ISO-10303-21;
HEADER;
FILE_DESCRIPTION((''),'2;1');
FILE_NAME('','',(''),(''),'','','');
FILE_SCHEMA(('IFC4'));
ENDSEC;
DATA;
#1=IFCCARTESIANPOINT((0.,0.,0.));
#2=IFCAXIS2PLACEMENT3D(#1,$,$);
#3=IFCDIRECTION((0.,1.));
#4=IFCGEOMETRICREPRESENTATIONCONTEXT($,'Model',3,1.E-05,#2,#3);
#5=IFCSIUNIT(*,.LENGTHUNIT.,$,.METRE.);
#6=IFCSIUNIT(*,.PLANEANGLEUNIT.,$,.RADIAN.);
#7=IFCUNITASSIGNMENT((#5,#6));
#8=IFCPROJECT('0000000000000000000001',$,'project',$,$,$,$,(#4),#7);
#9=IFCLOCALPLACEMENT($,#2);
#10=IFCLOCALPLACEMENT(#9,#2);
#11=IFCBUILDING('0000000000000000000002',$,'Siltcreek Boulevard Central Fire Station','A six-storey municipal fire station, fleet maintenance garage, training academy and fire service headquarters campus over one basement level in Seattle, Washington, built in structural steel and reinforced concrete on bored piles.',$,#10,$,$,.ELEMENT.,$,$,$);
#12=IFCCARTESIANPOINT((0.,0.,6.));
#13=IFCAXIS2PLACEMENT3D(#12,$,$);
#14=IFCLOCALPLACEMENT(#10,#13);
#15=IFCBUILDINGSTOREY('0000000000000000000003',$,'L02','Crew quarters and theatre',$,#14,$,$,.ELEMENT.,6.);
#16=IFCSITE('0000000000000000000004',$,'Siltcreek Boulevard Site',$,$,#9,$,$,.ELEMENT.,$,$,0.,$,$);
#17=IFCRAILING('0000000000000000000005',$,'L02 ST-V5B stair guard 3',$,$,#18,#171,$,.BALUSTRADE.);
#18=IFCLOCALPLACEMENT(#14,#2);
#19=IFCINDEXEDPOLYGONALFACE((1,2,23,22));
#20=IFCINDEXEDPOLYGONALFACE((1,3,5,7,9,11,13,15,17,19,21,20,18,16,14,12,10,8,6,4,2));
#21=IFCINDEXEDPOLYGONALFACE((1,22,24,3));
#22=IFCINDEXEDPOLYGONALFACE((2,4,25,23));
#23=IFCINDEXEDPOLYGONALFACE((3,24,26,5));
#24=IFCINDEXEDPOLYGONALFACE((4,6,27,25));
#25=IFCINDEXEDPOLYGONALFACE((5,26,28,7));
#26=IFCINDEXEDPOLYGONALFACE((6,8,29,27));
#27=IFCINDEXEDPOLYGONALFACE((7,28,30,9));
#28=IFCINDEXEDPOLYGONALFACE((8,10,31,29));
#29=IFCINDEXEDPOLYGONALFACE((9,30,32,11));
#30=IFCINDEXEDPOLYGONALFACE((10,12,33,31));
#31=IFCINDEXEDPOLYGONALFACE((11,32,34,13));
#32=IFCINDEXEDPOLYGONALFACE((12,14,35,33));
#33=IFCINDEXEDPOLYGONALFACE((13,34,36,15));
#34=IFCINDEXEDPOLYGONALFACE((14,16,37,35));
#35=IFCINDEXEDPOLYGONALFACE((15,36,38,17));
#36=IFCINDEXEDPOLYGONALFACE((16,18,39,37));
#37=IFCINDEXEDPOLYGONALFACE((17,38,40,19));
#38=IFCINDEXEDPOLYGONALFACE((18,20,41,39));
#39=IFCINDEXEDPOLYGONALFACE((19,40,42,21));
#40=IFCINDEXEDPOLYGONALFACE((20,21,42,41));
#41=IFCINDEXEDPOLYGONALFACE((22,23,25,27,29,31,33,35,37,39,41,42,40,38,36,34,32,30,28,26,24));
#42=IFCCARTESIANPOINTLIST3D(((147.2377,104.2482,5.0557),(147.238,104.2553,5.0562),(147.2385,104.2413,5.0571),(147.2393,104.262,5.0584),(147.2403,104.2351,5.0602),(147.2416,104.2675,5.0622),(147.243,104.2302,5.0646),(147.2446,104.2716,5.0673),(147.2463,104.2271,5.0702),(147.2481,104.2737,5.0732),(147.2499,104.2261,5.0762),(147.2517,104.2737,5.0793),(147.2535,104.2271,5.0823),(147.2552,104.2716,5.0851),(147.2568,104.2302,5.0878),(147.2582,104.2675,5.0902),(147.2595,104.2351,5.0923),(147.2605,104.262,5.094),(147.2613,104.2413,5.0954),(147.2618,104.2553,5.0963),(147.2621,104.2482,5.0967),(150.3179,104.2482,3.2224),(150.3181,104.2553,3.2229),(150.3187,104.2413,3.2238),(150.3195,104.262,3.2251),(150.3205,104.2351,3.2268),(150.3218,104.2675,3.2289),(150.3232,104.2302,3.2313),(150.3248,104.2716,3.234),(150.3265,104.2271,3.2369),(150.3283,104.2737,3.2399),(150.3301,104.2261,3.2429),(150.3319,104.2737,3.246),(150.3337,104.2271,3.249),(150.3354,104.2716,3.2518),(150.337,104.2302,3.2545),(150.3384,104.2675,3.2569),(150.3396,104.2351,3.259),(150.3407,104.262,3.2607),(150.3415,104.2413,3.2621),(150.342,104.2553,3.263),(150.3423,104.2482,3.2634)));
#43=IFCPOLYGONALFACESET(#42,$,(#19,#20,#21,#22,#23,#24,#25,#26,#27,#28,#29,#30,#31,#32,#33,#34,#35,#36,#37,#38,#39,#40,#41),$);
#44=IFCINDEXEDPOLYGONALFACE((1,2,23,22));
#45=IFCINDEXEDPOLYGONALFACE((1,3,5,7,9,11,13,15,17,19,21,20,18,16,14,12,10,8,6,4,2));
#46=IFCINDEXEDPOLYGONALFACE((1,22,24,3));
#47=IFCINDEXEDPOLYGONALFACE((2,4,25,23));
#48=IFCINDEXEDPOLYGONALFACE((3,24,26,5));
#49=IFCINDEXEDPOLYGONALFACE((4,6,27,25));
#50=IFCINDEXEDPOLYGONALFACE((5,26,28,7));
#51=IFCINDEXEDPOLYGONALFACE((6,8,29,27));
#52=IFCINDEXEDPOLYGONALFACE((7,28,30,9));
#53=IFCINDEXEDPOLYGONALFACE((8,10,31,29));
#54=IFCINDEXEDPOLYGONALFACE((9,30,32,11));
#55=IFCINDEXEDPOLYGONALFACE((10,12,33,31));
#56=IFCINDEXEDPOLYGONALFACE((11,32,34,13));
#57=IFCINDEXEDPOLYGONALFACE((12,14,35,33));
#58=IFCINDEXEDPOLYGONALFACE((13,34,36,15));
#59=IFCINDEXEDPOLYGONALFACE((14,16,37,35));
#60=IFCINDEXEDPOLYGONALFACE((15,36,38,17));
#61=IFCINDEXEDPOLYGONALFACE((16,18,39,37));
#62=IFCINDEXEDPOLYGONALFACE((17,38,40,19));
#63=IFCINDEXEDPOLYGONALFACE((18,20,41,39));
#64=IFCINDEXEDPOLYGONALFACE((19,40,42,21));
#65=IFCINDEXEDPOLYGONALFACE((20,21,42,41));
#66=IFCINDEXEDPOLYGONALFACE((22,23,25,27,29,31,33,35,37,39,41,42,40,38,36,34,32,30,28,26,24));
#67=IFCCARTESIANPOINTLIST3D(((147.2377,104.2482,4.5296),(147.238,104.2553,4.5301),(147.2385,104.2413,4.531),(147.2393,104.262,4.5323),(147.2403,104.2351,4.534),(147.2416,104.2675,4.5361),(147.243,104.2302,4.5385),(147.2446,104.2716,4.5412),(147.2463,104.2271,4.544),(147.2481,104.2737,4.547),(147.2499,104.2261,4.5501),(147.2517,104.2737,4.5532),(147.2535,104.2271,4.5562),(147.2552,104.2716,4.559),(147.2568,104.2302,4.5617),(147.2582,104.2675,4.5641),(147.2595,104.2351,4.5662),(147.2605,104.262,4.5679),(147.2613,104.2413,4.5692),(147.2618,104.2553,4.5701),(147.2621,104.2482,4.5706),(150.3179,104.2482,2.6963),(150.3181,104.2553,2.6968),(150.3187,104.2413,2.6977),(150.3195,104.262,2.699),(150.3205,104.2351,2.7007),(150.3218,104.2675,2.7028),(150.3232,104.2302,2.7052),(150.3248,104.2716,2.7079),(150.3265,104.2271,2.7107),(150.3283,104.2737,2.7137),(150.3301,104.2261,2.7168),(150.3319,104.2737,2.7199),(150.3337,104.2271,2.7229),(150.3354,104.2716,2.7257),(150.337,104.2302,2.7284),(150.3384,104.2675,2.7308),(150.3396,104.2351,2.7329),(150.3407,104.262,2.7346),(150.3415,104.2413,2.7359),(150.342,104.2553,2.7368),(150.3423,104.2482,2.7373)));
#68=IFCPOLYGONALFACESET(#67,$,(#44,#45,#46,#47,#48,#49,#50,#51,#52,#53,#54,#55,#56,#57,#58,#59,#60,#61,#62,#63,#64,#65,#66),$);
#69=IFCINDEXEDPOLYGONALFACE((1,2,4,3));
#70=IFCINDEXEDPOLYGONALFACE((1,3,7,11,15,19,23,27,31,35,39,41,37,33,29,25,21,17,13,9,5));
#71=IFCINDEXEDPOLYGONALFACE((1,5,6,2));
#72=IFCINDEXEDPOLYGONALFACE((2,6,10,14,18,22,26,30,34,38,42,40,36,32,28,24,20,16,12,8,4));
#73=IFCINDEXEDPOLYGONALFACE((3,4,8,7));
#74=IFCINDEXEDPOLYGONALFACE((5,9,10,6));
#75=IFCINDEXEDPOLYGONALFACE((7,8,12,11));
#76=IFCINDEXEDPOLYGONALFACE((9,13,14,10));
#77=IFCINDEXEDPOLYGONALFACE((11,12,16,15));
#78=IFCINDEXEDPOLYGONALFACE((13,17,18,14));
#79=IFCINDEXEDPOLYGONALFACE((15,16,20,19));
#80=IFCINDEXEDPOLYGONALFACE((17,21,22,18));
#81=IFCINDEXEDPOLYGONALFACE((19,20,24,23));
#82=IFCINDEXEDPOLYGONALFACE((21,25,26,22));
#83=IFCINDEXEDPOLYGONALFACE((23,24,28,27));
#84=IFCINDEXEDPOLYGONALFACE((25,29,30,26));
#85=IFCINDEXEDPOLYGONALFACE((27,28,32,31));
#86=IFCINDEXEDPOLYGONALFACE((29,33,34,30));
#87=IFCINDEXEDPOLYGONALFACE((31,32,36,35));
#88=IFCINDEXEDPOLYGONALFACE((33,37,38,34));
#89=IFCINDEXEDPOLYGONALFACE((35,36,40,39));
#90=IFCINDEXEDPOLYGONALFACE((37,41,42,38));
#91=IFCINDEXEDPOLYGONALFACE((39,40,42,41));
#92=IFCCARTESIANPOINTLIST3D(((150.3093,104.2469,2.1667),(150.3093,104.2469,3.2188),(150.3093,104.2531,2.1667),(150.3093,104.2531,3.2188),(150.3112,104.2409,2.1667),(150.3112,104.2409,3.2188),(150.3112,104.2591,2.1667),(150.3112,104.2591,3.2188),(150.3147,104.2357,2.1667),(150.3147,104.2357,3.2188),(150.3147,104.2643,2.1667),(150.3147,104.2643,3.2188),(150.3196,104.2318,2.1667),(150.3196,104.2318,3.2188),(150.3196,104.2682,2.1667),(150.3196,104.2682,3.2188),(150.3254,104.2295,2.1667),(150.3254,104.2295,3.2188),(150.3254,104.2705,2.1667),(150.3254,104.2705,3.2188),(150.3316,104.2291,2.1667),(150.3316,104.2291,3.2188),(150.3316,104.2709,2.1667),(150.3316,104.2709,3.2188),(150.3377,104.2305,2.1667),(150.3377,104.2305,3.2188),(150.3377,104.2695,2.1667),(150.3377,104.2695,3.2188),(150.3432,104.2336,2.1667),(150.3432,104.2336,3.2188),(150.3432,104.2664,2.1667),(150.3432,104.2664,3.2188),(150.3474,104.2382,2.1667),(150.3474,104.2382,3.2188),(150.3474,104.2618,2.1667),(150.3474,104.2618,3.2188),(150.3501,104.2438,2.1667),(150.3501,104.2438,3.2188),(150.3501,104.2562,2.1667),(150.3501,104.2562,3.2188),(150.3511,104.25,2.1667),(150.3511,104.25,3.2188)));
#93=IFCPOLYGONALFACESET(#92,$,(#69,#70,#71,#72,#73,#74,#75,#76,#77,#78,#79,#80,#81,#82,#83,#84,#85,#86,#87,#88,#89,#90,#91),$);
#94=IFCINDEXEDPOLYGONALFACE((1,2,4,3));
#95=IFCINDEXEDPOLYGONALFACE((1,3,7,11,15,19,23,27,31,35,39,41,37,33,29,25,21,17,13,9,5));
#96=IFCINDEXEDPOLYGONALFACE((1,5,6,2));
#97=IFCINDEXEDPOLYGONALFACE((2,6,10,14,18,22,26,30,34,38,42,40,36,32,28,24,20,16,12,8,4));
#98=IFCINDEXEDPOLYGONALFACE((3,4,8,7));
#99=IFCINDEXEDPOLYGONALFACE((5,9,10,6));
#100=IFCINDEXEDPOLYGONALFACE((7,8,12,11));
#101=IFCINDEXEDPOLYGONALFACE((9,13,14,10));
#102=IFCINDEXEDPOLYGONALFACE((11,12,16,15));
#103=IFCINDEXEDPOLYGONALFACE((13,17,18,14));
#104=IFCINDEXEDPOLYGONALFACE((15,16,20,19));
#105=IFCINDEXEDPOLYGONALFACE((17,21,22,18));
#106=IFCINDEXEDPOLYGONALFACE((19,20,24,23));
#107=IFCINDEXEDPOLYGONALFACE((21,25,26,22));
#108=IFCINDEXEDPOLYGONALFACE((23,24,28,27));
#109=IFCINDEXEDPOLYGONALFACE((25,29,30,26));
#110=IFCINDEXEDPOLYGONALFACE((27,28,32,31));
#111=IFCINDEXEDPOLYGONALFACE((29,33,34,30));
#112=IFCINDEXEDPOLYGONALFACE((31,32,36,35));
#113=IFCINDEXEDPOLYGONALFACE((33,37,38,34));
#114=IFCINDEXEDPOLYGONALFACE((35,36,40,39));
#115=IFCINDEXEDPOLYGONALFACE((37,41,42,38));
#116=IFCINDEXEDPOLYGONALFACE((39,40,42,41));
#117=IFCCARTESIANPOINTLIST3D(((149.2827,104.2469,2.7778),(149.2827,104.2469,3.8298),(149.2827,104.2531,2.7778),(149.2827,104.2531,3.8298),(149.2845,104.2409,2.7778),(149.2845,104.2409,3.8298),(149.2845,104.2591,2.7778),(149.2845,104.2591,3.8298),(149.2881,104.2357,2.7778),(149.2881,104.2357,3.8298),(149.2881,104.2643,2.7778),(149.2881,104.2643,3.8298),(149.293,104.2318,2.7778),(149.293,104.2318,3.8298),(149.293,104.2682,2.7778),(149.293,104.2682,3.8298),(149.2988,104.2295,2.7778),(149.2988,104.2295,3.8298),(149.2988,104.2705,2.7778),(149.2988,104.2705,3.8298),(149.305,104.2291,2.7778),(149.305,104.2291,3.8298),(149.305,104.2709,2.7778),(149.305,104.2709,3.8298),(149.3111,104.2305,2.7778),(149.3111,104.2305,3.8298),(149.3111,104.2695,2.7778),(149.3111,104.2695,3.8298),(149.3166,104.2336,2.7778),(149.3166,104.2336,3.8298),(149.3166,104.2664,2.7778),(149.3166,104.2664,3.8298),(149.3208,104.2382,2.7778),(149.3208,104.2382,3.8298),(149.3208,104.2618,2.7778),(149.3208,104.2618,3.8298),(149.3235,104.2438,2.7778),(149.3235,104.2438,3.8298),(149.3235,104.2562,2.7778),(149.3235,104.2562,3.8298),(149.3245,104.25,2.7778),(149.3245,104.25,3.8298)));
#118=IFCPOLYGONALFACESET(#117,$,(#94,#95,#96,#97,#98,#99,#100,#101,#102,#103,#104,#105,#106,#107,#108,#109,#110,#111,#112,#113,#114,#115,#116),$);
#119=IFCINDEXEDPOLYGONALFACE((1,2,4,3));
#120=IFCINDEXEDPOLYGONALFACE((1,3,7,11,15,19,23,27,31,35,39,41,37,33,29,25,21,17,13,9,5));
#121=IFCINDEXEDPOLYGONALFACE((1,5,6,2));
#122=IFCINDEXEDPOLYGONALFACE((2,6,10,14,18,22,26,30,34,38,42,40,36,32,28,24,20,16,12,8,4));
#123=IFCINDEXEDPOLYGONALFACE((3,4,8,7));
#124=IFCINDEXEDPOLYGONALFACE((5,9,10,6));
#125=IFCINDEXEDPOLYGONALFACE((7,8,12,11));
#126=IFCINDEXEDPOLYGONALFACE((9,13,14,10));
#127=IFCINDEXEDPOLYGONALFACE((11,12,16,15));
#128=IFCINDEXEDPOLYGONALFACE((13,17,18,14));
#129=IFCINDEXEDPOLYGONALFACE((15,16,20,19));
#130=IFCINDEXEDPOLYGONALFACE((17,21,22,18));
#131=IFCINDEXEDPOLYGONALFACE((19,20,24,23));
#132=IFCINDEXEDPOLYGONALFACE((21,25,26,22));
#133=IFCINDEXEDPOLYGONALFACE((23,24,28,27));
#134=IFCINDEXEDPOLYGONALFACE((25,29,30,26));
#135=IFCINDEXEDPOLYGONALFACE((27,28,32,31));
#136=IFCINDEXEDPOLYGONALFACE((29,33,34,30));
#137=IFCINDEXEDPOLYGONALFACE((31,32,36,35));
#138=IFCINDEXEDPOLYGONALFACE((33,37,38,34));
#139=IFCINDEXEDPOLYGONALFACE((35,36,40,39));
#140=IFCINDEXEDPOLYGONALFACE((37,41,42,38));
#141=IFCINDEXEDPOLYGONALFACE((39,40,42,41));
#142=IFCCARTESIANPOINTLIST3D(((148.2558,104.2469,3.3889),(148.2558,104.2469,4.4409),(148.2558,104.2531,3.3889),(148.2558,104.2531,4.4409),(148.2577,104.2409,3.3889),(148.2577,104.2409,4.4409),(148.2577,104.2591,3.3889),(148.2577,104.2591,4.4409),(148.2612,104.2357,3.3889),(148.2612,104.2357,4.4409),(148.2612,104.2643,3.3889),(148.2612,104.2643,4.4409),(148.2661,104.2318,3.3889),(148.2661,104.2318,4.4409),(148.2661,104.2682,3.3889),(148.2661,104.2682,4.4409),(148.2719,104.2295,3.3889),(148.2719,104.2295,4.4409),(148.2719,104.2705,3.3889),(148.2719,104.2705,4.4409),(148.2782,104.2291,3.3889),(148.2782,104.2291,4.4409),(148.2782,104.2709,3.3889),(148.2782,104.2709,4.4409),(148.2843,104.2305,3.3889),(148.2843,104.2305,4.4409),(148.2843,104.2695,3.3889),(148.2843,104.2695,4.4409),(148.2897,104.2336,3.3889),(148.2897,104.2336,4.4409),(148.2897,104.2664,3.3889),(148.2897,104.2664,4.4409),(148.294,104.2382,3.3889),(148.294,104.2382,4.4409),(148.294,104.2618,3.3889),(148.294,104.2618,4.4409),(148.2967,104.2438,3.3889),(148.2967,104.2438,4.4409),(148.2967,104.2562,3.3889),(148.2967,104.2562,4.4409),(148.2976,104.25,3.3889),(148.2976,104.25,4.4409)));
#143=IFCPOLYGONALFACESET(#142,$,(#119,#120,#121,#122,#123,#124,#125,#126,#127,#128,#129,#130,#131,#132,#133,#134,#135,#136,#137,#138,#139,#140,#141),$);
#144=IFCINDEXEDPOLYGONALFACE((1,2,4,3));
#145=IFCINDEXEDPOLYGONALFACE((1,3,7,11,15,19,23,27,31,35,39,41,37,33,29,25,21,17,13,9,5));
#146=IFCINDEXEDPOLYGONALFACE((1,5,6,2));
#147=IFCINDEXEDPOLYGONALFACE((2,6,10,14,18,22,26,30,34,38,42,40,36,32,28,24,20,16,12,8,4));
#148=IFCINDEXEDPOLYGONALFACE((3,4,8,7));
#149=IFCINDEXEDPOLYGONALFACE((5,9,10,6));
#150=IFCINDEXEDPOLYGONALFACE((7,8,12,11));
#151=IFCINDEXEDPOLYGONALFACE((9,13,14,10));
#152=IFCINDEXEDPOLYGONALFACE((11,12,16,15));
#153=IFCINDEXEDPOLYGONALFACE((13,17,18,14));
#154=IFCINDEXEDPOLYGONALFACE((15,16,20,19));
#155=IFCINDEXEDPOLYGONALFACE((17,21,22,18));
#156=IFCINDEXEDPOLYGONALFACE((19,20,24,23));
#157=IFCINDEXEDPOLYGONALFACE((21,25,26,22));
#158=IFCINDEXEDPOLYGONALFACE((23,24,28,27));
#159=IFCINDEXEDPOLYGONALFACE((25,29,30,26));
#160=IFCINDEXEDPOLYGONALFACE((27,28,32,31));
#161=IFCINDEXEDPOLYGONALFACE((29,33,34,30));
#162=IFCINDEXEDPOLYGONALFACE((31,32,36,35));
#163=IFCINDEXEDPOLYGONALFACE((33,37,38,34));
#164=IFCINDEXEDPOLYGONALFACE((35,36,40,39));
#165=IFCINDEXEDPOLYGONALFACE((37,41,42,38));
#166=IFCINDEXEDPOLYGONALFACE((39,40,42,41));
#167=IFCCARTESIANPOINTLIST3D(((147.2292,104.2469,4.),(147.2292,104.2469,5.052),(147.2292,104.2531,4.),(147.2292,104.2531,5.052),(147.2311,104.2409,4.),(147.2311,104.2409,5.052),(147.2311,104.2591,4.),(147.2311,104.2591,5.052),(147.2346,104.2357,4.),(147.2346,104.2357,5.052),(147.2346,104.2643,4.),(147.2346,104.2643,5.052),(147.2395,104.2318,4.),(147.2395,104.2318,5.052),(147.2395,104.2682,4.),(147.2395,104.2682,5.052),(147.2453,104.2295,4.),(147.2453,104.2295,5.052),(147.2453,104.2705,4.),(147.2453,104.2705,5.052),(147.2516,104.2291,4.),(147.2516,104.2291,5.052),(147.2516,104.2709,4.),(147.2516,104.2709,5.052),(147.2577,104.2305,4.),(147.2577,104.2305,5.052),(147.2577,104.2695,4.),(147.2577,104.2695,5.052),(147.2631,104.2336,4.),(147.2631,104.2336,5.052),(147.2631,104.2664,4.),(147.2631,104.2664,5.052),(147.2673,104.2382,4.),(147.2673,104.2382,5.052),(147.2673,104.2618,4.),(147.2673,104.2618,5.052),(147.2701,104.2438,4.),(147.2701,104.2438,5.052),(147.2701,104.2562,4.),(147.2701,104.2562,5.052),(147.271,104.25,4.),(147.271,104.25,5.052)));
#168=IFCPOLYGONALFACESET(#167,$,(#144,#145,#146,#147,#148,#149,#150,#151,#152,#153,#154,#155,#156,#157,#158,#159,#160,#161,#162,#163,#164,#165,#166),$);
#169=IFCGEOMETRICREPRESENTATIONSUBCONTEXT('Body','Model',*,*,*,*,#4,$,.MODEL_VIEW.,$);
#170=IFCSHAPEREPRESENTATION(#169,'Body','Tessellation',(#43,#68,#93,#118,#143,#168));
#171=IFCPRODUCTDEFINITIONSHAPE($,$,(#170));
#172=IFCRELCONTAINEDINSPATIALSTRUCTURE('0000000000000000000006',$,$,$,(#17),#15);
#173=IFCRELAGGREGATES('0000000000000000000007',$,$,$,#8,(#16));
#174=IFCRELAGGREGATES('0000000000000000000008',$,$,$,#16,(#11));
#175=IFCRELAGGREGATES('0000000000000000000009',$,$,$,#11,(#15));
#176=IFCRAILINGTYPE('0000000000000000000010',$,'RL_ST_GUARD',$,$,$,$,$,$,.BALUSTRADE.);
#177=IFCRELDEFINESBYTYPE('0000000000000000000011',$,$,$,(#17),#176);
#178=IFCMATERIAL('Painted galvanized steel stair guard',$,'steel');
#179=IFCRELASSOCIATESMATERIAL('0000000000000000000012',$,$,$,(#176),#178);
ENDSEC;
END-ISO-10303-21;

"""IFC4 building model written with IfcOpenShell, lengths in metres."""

from ifc_helpers import new_model, si_unit, direction, frame, origin, origin_2d, place, context, subcontext, project, spatial, circle, extrude, material, type_object, element, save


model = new_model("IFC4")

# Units and contexts
model_context = context("Model", 3, precision=1e-05, world=origin(), true_north=direction((0.0, 1.0)))
body_context = subcontext(model_context, "Body", "Model", "MODEL_VIEW")
ifc_project = project(units=[si_unit("LENGTHUNIT", "METRE"), si_unit("PLANEANGLEUNIT", "RADIAN")], contexts=[model_context])

# Site, building, storey
site_placement = place(None, origin())
site = spatial("IfcSite", under=ifc_project, at=site_placement, Name="Siltcreek Boulevard Site", CompositionType="ELEMENT", RefElevation=0.0)
building_placement = place(site_placement, origin())
building = spatial("IfcBuilding", under=site, at=building_placement, Name="Siltcreek Boulevard Central Fire Station", Description="A six-storey municipal fire station, fleet maintenance garage, training academy and fire service headquarters campus over one basement level in Seattle, Washington, built in structural steel and reinforced concrete on bored piles.", CompositionType="ELEMENT")
storey_placement = place(building_placement, frame((0.0, 0.0, 6.0)))
storey = spatial("IfcBuildingStorey", under=building, at=storey_placement, Name="L02", Description="Crew quarters and theatre", CompositionType="ELEMENT", Elevation=6.0)

# Railing
ifc_material_1 = material(Name="Painted galvanized steel stair guard", Category="steel")
railing_type_1 = type_object("IfcRailingType", Name="RL_ST_GUARD", PredefinedType="BALUSTRADE", material=ifc_material_1)
railing_1_placement = place(storey_placement, frame((150.3301, 104.25, 2.1667)))
element("IfcRailing", 1, at=railing_1_placement, inside=storey, type_object=railing_type_1, Name="L02 ST-V5B stair guard 3", PredefinedType="BALUSTRADE", context=body_context, shape_type="SweptSolid", body=[
    extrude(circle(Radius=0.0239, at=origin_2d()), frame((0.0, 0.0, 1.0762), z_axis=(-0.859309, 0.0, 0.511458), x_axis=(0.0, -1.0, 0.0)), (0.0, 0.0, 1.0), 3.5845),
    extrude(circle(Radius=0.0239, at=origin_2d()), frame((0.0, 0.0, 0.55), z_axis=(-0.859309, 0.0, 0.511458), x_axis=(0.0, -1.0, 0.0)), (0.0, 0.0, 1.0), 3.5845),
    extrude(circle(Radius=0.021, at=origin_2d()), origin(), (0.0, 0.0, 1.0), 1.052),
    extrude(circle(Radius=0.021, at=origin_2d()), frame((-1.0266, 0.0, 0.6111)), (0.0, 0.0, 1.0), 1.052),
    extrude(circle(Radius=0.021, at=origin_2d()), frame((-2.0535, 0.0, 1.2222)), (0.0, 0.0, 1.0), 1.052),
    extrude(circle(Radius=0.021, at=origin_2d()), frame((-3.0801, 0.0, 1.8333)), (0.0, 0.0, 1.0), 1.052),
])

save(model, "model.ifc")
